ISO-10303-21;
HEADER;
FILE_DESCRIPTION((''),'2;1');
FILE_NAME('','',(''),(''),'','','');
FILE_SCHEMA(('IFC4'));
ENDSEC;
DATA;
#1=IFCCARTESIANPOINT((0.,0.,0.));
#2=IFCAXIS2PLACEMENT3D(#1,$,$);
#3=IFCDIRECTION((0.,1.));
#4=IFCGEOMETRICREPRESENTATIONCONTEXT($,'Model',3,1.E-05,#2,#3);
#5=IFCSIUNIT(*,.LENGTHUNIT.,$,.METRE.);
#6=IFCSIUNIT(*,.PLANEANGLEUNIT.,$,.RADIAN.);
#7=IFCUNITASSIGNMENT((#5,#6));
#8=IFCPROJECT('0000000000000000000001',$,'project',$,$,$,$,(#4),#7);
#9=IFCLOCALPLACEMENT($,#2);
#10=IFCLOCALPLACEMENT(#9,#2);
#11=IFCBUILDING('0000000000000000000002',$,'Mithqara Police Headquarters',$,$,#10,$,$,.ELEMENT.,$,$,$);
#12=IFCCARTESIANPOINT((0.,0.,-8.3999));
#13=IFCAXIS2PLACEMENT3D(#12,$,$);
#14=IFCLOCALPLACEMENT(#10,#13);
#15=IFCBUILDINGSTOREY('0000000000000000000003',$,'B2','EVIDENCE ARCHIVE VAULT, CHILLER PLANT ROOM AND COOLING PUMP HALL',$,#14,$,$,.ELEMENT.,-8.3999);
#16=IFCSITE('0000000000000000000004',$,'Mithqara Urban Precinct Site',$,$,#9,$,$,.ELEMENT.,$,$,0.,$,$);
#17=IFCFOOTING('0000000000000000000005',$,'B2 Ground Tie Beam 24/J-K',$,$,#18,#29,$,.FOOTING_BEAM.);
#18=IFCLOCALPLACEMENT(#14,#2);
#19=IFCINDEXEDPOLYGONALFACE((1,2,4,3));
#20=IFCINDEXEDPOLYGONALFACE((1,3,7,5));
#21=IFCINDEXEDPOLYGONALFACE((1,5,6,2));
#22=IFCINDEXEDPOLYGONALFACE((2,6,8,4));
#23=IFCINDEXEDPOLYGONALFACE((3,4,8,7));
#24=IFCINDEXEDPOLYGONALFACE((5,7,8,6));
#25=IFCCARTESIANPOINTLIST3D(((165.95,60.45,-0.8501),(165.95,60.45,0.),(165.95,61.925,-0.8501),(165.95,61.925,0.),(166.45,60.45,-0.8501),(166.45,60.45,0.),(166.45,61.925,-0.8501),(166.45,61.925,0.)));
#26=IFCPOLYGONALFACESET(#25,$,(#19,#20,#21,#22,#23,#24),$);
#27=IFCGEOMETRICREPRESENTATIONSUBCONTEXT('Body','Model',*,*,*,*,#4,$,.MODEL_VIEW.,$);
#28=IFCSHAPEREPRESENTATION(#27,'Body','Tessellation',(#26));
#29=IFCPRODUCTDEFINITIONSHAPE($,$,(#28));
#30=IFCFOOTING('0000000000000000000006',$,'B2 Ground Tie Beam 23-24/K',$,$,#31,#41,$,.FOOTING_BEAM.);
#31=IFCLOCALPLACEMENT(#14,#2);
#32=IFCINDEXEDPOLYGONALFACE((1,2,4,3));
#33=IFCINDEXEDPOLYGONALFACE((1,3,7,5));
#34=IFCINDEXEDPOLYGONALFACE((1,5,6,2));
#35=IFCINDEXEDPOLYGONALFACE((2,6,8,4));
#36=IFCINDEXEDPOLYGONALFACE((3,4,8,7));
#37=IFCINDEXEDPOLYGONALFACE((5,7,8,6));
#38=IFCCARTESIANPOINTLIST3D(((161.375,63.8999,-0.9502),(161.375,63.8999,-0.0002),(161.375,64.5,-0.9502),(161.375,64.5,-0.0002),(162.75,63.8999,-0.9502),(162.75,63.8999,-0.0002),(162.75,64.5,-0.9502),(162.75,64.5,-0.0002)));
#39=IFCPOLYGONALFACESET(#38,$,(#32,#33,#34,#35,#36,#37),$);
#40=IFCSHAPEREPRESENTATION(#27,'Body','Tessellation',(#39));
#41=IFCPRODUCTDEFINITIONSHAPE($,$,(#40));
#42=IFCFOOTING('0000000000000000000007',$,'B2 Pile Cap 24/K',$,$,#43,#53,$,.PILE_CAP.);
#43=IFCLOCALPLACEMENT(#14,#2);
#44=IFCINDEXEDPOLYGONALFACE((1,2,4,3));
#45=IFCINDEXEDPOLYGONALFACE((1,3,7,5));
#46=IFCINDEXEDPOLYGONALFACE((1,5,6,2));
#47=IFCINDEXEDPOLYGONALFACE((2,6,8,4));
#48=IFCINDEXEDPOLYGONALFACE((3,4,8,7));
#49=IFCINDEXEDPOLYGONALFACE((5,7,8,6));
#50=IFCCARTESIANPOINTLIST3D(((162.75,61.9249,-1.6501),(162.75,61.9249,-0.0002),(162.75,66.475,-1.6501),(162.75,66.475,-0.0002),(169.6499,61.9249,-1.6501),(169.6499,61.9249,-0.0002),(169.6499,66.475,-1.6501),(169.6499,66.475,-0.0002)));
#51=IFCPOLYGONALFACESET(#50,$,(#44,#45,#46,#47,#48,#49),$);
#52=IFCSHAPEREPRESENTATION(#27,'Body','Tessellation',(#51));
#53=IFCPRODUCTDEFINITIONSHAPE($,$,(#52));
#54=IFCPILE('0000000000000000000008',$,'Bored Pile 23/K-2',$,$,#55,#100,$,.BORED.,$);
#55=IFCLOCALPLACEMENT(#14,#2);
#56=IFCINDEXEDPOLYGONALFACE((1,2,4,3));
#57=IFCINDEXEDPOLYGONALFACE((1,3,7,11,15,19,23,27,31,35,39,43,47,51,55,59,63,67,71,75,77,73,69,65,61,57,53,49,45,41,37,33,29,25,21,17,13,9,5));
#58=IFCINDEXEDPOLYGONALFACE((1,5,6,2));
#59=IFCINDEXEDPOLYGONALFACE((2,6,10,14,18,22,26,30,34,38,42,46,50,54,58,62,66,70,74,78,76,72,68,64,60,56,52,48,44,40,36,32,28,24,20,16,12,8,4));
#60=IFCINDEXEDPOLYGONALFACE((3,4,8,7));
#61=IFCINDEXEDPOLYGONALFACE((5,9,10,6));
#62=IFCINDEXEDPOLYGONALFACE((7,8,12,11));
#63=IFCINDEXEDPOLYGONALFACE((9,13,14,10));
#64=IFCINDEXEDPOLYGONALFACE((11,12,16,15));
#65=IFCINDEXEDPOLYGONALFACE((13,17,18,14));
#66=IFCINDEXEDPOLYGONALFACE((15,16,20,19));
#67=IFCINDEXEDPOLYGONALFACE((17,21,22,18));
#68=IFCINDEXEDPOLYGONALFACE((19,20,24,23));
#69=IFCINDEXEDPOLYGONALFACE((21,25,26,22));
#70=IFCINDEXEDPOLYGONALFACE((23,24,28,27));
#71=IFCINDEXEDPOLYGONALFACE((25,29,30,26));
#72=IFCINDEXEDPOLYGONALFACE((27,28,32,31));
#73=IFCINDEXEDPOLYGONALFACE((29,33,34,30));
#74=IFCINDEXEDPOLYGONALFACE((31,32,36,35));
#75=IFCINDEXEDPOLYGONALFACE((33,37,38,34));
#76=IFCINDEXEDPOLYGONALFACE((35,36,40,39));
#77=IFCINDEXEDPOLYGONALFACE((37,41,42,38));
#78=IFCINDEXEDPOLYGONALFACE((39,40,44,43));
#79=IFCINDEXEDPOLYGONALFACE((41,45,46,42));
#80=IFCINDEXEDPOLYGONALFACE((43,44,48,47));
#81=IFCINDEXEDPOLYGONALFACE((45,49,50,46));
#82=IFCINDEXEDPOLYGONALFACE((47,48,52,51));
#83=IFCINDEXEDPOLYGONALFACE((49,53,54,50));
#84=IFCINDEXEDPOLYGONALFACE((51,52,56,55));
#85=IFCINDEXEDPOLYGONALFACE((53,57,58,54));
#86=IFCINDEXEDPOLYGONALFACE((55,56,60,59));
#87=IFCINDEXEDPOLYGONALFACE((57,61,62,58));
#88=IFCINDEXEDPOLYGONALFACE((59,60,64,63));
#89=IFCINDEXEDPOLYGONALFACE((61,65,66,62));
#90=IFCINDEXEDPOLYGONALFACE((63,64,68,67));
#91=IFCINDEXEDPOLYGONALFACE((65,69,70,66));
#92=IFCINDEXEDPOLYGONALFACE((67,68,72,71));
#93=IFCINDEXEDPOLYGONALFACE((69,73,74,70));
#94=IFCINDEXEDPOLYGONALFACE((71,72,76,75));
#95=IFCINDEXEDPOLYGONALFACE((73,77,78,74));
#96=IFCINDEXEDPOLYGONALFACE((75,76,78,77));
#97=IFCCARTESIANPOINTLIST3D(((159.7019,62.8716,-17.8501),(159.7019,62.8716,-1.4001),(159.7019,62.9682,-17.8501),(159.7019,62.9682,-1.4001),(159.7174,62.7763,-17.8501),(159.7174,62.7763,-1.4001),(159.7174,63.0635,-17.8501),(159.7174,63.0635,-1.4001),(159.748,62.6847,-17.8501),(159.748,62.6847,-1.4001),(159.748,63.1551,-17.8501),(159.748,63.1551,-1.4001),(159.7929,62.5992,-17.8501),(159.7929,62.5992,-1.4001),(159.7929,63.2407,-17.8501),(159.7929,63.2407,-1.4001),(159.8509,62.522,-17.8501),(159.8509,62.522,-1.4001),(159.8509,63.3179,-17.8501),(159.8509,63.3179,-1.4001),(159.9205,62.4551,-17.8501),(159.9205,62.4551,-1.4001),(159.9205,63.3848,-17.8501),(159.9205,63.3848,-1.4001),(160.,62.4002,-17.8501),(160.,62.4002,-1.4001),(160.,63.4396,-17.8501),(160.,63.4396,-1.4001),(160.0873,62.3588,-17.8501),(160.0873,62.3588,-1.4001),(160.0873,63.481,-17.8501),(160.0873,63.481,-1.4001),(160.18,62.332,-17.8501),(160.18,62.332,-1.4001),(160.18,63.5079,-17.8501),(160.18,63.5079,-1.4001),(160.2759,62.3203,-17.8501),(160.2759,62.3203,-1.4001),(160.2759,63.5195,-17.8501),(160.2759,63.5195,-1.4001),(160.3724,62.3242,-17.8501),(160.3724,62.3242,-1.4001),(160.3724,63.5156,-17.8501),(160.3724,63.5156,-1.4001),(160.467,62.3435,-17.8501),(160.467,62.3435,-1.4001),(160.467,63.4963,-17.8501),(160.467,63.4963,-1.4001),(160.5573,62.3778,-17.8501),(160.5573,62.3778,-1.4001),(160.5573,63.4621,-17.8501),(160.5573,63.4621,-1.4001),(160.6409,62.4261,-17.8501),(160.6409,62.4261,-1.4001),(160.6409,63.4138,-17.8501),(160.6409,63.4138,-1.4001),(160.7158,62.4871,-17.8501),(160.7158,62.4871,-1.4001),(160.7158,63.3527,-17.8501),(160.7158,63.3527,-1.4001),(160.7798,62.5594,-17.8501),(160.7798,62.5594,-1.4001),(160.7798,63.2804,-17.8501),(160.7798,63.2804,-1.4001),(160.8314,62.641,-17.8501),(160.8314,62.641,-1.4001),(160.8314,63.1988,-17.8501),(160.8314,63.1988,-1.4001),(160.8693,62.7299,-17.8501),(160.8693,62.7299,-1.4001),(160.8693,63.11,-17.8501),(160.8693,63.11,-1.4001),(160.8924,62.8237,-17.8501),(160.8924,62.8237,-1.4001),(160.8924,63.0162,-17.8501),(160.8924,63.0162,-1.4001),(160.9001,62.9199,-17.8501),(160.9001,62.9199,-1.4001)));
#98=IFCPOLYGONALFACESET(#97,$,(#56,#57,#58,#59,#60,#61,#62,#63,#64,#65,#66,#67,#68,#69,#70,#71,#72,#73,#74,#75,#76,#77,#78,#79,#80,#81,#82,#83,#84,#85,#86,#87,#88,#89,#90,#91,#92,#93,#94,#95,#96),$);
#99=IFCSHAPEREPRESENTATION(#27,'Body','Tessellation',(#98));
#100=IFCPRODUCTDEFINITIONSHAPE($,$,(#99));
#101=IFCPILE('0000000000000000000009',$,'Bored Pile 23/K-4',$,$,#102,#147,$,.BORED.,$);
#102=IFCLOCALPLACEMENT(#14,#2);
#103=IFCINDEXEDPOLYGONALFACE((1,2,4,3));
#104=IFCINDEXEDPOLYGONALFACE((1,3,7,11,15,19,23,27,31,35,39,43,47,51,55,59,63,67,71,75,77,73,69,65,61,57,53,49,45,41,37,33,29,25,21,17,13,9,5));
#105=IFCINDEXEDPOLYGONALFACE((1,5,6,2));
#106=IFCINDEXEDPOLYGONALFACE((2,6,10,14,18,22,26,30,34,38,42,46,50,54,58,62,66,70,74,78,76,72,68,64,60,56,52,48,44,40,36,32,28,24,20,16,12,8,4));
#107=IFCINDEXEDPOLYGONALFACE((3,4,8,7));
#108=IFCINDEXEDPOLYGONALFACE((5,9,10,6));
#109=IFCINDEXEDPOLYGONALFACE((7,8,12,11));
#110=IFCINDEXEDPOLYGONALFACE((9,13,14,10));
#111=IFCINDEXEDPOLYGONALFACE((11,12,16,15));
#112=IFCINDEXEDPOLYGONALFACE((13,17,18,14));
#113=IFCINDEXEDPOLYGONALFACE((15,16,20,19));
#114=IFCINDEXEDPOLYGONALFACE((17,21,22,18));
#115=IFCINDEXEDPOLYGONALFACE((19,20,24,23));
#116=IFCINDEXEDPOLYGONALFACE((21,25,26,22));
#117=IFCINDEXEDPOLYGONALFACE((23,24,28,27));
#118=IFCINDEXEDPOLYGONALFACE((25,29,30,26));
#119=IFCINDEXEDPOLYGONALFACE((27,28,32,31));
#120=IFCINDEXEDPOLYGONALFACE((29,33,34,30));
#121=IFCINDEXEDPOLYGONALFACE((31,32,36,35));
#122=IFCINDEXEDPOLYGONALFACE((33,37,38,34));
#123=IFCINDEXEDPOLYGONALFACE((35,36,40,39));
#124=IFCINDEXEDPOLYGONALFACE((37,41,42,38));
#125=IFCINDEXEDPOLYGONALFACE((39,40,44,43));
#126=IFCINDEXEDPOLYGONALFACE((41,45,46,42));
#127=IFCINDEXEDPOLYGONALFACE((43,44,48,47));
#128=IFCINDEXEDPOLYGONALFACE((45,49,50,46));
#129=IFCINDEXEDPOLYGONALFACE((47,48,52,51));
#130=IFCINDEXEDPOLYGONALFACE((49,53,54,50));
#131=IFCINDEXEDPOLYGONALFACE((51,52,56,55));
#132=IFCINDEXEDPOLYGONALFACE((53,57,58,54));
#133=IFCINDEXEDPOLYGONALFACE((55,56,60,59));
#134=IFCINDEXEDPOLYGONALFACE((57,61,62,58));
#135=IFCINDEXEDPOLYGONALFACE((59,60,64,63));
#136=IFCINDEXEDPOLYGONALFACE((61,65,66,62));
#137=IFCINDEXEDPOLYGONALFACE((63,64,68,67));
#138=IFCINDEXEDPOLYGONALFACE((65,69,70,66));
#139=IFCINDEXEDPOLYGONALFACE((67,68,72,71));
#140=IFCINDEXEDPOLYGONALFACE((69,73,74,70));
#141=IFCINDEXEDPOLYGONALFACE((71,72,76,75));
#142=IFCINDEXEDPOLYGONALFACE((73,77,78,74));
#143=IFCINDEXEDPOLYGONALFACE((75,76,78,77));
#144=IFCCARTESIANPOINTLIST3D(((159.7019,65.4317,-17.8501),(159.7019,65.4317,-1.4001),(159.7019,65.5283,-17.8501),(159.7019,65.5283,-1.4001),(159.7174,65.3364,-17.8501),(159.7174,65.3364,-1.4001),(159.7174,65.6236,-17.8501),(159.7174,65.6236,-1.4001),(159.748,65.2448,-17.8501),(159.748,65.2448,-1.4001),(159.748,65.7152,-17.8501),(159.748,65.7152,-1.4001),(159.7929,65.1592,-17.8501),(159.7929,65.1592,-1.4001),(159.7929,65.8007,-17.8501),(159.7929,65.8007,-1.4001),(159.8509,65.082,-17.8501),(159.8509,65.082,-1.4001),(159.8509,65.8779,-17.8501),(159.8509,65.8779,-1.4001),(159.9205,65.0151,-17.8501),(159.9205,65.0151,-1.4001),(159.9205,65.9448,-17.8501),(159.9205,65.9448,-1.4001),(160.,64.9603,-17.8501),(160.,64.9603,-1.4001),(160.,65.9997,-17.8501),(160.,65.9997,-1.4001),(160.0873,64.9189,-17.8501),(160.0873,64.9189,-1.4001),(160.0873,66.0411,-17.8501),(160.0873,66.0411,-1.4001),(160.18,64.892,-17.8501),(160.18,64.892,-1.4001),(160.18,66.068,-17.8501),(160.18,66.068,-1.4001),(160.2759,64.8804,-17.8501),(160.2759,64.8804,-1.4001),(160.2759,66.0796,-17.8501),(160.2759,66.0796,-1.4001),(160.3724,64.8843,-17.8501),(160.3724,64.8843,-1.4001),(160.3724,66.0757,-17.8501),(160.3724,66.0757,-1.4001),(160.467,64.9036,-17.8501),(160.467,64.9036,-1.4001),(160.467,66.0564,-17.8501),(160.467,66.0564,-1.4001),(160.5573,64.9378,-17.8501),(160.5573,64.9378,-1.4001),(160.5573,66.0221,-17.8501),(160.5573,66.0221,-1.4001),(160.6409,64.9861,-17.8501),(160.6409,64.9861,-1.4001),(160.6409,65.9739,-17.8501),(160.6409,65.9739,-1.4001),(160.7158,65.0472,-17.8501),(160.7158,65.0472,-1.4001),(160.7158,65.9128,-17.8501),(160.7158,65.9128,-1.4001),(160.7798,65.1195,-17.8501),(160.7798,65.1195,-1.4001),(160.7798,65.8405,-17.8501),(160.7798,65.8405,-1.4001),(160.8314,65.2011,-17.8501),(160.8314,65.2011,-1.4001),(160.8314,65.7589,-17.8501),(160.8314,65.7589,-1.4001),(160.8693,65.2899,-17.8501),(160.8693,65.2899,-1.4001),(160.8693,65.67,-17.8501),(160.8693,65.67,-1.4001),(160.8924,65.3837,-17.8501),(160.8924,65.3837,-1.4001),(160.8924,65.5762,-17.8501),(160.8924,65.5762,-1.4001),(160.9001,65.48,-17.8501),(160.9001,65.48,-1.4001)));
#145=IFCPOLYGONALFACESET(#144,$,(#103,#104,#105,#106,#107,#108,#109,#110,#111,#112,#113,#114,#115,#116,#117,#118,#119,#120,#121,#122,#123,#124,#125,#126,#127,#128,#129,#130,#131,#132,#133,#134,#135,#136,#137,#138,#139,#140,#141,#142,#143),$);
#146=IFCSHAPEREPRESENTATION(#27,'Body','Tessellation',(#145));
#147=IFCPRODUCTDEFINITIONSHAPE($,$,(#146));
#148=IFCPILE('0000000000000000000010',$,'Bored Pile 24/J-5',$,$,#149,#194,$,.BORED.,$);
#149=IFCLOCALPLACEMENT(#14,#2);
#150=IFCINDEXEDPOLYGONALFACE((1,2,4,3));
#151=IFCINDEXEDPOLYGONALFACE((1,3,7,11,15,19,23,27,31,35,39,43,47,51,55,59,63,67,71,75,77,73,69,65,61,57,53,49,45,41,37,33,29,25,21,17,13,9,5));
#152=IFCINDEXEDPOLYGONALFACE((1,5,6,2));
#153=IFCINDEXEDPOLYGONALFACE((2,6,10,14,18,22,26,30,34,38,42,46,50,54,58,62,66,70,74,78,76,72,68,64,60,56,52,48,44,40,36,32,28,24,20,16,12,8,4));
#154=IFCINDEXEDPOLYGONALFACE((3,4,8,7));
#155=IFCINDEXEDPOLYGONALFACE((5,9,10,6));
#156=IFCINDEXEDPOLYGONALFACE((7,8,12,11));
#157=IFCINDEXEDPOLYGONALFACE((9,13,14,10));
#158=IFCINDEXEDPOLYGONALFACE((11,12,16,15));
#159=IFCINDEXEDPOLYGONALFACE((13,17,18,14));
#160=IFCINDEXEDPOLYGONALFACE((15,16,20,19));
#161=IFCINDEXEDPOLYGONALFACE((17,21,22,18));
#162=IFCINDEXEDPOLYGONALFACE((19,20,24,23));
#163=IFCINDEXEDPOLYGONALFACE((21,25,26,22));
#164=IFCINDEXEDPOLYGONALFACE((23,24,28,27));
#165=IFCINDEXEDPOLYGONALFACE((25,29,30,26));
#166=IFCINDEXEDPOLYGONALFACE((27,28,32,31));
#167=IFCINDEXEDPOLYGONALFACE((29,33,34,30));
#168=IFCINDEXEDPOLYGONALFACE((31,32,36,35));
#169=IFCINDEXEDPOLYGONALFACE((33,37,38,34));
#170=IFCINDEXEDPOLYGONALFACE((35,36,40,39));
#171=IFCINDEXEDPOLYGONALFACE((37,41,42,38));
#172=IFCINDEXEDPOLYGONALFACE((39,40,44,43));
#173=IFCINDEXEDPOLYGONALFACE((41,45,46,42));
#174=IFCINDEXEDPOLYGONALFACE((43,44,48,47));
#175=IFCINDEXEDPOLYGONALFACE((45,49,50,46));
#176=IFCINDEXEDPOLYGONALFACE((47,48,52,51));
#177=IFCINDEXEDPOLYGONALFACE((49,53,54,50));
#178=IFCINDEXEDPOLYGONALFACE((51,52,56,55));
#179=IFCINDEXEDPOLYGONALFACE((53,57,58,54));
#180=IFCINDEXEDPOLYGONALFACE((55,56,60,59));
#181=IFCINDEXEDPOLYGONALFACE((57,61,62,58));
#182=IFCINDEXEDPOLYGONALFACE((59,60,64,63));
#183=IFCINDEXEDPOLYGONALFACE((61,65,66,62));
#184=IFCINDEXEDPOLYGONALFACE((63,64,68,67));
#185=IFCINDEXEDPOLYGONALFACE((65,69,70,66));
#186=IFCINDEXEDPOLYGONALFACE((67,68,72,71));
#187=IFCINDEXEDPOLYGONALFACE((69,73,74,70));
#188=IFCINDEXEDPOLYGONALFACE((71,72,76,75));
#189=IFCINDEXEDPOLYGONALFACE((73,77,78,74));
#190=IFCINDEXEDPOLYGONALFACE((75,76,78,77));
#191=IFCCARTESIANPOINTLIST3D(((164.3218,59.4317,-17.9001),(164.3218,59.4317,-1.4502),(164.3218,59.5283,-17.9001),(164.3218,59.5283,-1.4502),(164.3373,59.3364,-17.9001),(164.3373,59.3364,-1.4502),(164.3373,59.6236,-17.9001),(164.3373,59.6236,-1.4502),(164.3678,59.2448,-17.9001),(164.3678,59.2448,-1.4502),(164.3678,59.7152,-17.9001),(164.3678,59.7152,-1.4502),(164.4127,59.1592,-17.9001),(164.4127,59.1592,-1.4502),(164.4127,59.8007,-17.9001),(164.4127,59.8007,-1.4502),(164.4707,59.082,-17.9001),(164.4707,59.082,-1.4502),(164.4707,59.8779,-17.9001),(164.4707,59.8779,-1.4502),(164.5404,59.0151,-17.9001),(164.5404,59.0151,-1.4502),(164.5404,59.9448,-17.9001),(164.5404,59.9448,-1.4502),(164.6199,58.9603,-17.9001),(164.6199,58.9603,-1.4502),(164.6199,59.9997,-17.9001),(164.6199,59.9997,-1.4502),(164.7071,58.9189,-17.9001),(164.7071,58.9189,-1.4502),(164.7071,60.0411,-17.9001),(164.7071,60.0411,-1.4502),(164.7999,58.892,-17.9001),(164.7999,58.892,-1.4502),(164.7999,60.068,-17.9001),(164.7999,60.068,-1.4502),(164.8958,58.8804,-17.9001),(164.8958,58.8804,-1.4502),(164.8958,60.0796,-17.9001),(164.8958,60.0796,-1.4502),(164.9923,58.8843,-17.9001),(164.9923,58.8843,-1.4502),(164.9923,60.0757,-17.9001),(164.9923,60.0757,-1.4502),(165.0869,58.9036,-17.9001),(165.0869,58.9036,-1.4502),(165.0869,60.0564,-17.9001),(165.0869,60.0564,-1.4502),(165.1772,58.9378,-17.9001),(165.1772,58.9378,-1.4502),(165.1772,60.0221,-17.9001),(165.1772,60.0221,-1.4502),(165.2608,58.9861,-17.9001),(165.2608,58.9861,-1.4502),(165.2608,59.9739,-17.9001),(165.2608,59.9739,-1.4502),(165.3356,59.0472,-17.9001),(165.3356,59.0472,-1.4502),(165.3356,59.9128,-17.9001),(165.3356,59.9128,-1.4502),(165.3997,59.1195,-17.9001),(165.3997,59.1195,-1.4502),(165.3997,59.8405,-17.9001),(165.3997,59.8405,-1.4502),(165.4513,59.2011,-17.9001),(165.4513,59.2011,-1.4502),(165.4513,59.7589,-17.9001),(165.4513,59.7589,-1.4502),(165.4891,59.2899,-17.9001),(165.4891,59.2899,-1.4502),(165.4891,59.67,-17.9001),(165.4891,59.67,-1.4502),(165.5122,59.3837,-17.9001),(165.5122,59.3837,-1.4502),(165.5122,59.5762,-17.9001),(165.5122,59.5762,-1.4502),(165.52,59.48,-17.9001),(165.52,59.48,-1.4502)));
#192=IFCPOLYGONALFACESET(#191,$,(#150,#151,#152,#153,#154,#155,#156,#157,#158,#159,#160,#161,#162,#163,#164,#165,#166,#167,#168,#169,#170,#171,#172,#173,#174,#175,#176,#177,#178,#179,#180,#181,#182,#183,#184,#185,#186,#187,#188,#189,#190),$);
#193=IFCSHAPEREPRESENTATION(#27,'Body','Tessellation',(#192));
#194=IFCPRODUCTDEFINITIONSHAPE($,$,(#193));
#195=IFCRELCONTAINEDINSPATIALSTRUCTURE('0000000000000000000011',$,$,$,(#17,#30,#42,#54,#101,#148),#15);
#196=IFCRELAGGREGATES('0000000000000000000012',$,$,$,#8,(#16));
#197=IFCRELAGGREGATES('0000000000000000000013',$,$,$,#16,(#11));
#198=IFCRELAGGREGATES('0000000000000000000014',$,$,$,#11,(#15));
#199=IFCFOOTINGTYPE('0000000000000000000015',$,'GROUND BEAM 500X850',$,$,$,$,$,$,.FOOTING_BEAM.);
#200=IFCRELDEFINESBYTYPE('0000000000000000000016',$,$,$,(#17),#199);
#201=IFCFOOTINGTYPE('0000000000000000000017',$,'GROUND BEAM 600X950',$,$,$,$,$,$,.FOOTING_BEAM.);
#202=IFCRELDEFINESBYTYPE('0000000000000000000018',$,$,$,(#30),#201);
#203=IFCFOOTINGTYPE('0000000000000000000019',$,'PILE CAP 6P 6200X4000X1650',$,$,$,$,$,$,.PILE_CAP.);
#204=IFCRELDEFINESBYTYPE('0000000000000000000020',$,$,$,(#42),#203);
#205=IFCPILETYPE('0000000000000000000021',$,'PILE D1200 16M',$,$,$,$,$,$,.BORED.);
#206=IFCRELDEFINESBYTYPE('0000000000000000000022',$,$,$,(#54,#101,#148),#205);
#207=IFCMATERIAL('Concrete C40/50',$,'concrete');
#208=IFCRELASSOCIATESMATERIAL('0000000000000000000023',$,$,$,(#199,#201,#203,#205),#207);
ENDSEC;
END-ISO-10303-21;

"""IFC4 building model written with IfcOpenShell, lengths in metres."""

from ifc_helpers import new_model, si_unit, direction, frame, origin, origin_2d, place, context, subcontext, project, spatial, rectangle, circle, extrude, material, material_profile, profile_set, type_object, element, save


model = new_model("IFC4")

# Units and contexts
model_context = context("Model", 3, precision=1e-05, world=origin(), true_north=direction((0.0, 1.0)))
body_context = subcontext(model_context, "Body", "Model", "MODEL_VIEW")
ifc_project = project(units=[si_unit("LENGTHUNIT", "METRE"), si_unit("PLANEANGLEUNIT", "RADIAN")], contexts=[model_context])

# Site, building, storey
site_placement = place(None, origin())
site = spatial("IfcSite", under=ifc_project, at=site_placement, Name="Mithqara Urban Precinct Site", CompositionType="ELEMENT", RefElevation=0.0)
building_placement = place(site_placement, origin())
building = spatial("IfcBuilding", under=site, at=building_placement, Name="Mithqara Police Headquarters", CompositionType="ELEMENT")
storey_placement = place(building_placement, frame((0.0, 0.0, -8.3999)))
storey = spatial("IfcBuildingStorey", under=building, at=storey_placement, Name="B2", Description="EVIDENCE ARCHIVE VAULT, CHILLER PLANT ROOM AND COOLING PUMP HALL", CompositionType="ELEMENT", Elevation=-8.3999)

# Footings
ifc_material_1 = material(Name="Concrete C40/50", Category="concrete")
footing_type_1 = type_object("IfcFootingType", Name="GROUND BEAM 500X850", PredefinedType="FOOTING_BEAM", material=ifc_material_1)
footing_1_placement = place(storey_placement, frame((166.2, 61.1875, -0.8501), z_axis=(0.0, 0.0, 1.0), x_axis=(1.0, 0.0, 0.0)))
element("IfcFooting", 1, at=footing_1_placement, inside=storey, type_object=footing_type_1, Name="B2 Ground Tie Beam 24/J-K", PredefinedType="FOOTING_BEAM", context=body_context, shape_type="SweptSolid", body=[
    extrude(rectangle(XDim=0.5, YDim=1.4751, at=origin_2d()), origin(), (0.0, 0.0, 1.0), 0.8501),
])
footing_type_2 = type_object("IfcFootingType", Name="GROUND BEAM 600X950", PredefinedType="FOOTING_BEAM", material=ifc_material_1)
footing_2_placement = place(storey_placement, frame((162.0625, 64.2, -0.9502), z_axis=(0.0, 0.0, 1.0), x_axis=(1.0, 0.0, 0.0)))
element("IfcFooting", 2, at=footing_2_placement, inside=storey, type_object=footing_type_2, Name="B2 Ground Tie Beam 23-24/K", PredefinedType="FOOTING_BEAM", context=body_context, shape_type="SweptSolid", body=[
    extrude(rectangle(XDim=1.375, YDim=0.6001, at=origin_2d()), origin(), (0.0, 0.0, 1.0), 0.95),
])
footing_type_3 = type_object("IfcFootingType", Name="PILE CAP 6P 6200X4000X1650", PredefinedType="PILE_CAP", material=ifc_material_1)
footing_3_placement = place(storey_placement, frame((166.2, 64.2, -1.6501), z_axis=(0.0, 0.0, 1.0), x_axis=(1.0, 0.0, 0.0)))
element("IfcFooting", 3, at=footing_3_placement, inside=storey, type_object=footing_type_3, Name="B2 Pile Cap 24/K", PredefinedType="PILE_CAP", context=body_context, shape_type="SweptSolid", body=[
    extrude(rectangle(XDim=6.8999, YDim=4.55, at=origin_2d()), origin(), (0.0, 0.0, 1.0), 1.6499),
])

# Piles
ifc_material_profile_1 = material_profile(ifc_material_1, circle(Radius=0.6001, at=origin_2d()), Name="PILE D1200")
ifc_profile_set_1 = profile_set([ifc_material_profile_1], Name="Concrete C40/50")
pile_type_1 = type_object("IfcPileType", Name="PILE D1200 16M", PredefinedType="BORED", material=ifc_profile_set_1)
for number, where, z_axis, x_axis, name in (
    (4, (160.3, 62.9199, -1.4001), (0.0, 0.0, -1.0), (1.0, 0.0, 0.0), "Bored Pile 23/K-2"),
    (5, (160.3, 65.48, -1.4001), (0.0, 0.0, -1.0), (1.0, 0.0, 0.0), "Bored Pile 23/K-4"),
    (6, (164.9199, 59.48, -1.4502), (0.0, 0.0, -1.0), (1.0, 0.0, 0.0), "Bored Pile 24/J-5"),
):
    element("IfcPile", number, at=place(storey_placement, frame(where, z_axis=z_axis, x_axis=x_axis)), inside=storey, type_object=pile_type_1, Name=name, PredefinedType="BORED", context=body_context, shape_type="SweptSolid", body=[
        extrude(circle(Radius=0.6001, at=origin_2d()), origin(), (0.0, 0.0, 1.0), 16.45),
    ])

save(model, "model.ifc")
